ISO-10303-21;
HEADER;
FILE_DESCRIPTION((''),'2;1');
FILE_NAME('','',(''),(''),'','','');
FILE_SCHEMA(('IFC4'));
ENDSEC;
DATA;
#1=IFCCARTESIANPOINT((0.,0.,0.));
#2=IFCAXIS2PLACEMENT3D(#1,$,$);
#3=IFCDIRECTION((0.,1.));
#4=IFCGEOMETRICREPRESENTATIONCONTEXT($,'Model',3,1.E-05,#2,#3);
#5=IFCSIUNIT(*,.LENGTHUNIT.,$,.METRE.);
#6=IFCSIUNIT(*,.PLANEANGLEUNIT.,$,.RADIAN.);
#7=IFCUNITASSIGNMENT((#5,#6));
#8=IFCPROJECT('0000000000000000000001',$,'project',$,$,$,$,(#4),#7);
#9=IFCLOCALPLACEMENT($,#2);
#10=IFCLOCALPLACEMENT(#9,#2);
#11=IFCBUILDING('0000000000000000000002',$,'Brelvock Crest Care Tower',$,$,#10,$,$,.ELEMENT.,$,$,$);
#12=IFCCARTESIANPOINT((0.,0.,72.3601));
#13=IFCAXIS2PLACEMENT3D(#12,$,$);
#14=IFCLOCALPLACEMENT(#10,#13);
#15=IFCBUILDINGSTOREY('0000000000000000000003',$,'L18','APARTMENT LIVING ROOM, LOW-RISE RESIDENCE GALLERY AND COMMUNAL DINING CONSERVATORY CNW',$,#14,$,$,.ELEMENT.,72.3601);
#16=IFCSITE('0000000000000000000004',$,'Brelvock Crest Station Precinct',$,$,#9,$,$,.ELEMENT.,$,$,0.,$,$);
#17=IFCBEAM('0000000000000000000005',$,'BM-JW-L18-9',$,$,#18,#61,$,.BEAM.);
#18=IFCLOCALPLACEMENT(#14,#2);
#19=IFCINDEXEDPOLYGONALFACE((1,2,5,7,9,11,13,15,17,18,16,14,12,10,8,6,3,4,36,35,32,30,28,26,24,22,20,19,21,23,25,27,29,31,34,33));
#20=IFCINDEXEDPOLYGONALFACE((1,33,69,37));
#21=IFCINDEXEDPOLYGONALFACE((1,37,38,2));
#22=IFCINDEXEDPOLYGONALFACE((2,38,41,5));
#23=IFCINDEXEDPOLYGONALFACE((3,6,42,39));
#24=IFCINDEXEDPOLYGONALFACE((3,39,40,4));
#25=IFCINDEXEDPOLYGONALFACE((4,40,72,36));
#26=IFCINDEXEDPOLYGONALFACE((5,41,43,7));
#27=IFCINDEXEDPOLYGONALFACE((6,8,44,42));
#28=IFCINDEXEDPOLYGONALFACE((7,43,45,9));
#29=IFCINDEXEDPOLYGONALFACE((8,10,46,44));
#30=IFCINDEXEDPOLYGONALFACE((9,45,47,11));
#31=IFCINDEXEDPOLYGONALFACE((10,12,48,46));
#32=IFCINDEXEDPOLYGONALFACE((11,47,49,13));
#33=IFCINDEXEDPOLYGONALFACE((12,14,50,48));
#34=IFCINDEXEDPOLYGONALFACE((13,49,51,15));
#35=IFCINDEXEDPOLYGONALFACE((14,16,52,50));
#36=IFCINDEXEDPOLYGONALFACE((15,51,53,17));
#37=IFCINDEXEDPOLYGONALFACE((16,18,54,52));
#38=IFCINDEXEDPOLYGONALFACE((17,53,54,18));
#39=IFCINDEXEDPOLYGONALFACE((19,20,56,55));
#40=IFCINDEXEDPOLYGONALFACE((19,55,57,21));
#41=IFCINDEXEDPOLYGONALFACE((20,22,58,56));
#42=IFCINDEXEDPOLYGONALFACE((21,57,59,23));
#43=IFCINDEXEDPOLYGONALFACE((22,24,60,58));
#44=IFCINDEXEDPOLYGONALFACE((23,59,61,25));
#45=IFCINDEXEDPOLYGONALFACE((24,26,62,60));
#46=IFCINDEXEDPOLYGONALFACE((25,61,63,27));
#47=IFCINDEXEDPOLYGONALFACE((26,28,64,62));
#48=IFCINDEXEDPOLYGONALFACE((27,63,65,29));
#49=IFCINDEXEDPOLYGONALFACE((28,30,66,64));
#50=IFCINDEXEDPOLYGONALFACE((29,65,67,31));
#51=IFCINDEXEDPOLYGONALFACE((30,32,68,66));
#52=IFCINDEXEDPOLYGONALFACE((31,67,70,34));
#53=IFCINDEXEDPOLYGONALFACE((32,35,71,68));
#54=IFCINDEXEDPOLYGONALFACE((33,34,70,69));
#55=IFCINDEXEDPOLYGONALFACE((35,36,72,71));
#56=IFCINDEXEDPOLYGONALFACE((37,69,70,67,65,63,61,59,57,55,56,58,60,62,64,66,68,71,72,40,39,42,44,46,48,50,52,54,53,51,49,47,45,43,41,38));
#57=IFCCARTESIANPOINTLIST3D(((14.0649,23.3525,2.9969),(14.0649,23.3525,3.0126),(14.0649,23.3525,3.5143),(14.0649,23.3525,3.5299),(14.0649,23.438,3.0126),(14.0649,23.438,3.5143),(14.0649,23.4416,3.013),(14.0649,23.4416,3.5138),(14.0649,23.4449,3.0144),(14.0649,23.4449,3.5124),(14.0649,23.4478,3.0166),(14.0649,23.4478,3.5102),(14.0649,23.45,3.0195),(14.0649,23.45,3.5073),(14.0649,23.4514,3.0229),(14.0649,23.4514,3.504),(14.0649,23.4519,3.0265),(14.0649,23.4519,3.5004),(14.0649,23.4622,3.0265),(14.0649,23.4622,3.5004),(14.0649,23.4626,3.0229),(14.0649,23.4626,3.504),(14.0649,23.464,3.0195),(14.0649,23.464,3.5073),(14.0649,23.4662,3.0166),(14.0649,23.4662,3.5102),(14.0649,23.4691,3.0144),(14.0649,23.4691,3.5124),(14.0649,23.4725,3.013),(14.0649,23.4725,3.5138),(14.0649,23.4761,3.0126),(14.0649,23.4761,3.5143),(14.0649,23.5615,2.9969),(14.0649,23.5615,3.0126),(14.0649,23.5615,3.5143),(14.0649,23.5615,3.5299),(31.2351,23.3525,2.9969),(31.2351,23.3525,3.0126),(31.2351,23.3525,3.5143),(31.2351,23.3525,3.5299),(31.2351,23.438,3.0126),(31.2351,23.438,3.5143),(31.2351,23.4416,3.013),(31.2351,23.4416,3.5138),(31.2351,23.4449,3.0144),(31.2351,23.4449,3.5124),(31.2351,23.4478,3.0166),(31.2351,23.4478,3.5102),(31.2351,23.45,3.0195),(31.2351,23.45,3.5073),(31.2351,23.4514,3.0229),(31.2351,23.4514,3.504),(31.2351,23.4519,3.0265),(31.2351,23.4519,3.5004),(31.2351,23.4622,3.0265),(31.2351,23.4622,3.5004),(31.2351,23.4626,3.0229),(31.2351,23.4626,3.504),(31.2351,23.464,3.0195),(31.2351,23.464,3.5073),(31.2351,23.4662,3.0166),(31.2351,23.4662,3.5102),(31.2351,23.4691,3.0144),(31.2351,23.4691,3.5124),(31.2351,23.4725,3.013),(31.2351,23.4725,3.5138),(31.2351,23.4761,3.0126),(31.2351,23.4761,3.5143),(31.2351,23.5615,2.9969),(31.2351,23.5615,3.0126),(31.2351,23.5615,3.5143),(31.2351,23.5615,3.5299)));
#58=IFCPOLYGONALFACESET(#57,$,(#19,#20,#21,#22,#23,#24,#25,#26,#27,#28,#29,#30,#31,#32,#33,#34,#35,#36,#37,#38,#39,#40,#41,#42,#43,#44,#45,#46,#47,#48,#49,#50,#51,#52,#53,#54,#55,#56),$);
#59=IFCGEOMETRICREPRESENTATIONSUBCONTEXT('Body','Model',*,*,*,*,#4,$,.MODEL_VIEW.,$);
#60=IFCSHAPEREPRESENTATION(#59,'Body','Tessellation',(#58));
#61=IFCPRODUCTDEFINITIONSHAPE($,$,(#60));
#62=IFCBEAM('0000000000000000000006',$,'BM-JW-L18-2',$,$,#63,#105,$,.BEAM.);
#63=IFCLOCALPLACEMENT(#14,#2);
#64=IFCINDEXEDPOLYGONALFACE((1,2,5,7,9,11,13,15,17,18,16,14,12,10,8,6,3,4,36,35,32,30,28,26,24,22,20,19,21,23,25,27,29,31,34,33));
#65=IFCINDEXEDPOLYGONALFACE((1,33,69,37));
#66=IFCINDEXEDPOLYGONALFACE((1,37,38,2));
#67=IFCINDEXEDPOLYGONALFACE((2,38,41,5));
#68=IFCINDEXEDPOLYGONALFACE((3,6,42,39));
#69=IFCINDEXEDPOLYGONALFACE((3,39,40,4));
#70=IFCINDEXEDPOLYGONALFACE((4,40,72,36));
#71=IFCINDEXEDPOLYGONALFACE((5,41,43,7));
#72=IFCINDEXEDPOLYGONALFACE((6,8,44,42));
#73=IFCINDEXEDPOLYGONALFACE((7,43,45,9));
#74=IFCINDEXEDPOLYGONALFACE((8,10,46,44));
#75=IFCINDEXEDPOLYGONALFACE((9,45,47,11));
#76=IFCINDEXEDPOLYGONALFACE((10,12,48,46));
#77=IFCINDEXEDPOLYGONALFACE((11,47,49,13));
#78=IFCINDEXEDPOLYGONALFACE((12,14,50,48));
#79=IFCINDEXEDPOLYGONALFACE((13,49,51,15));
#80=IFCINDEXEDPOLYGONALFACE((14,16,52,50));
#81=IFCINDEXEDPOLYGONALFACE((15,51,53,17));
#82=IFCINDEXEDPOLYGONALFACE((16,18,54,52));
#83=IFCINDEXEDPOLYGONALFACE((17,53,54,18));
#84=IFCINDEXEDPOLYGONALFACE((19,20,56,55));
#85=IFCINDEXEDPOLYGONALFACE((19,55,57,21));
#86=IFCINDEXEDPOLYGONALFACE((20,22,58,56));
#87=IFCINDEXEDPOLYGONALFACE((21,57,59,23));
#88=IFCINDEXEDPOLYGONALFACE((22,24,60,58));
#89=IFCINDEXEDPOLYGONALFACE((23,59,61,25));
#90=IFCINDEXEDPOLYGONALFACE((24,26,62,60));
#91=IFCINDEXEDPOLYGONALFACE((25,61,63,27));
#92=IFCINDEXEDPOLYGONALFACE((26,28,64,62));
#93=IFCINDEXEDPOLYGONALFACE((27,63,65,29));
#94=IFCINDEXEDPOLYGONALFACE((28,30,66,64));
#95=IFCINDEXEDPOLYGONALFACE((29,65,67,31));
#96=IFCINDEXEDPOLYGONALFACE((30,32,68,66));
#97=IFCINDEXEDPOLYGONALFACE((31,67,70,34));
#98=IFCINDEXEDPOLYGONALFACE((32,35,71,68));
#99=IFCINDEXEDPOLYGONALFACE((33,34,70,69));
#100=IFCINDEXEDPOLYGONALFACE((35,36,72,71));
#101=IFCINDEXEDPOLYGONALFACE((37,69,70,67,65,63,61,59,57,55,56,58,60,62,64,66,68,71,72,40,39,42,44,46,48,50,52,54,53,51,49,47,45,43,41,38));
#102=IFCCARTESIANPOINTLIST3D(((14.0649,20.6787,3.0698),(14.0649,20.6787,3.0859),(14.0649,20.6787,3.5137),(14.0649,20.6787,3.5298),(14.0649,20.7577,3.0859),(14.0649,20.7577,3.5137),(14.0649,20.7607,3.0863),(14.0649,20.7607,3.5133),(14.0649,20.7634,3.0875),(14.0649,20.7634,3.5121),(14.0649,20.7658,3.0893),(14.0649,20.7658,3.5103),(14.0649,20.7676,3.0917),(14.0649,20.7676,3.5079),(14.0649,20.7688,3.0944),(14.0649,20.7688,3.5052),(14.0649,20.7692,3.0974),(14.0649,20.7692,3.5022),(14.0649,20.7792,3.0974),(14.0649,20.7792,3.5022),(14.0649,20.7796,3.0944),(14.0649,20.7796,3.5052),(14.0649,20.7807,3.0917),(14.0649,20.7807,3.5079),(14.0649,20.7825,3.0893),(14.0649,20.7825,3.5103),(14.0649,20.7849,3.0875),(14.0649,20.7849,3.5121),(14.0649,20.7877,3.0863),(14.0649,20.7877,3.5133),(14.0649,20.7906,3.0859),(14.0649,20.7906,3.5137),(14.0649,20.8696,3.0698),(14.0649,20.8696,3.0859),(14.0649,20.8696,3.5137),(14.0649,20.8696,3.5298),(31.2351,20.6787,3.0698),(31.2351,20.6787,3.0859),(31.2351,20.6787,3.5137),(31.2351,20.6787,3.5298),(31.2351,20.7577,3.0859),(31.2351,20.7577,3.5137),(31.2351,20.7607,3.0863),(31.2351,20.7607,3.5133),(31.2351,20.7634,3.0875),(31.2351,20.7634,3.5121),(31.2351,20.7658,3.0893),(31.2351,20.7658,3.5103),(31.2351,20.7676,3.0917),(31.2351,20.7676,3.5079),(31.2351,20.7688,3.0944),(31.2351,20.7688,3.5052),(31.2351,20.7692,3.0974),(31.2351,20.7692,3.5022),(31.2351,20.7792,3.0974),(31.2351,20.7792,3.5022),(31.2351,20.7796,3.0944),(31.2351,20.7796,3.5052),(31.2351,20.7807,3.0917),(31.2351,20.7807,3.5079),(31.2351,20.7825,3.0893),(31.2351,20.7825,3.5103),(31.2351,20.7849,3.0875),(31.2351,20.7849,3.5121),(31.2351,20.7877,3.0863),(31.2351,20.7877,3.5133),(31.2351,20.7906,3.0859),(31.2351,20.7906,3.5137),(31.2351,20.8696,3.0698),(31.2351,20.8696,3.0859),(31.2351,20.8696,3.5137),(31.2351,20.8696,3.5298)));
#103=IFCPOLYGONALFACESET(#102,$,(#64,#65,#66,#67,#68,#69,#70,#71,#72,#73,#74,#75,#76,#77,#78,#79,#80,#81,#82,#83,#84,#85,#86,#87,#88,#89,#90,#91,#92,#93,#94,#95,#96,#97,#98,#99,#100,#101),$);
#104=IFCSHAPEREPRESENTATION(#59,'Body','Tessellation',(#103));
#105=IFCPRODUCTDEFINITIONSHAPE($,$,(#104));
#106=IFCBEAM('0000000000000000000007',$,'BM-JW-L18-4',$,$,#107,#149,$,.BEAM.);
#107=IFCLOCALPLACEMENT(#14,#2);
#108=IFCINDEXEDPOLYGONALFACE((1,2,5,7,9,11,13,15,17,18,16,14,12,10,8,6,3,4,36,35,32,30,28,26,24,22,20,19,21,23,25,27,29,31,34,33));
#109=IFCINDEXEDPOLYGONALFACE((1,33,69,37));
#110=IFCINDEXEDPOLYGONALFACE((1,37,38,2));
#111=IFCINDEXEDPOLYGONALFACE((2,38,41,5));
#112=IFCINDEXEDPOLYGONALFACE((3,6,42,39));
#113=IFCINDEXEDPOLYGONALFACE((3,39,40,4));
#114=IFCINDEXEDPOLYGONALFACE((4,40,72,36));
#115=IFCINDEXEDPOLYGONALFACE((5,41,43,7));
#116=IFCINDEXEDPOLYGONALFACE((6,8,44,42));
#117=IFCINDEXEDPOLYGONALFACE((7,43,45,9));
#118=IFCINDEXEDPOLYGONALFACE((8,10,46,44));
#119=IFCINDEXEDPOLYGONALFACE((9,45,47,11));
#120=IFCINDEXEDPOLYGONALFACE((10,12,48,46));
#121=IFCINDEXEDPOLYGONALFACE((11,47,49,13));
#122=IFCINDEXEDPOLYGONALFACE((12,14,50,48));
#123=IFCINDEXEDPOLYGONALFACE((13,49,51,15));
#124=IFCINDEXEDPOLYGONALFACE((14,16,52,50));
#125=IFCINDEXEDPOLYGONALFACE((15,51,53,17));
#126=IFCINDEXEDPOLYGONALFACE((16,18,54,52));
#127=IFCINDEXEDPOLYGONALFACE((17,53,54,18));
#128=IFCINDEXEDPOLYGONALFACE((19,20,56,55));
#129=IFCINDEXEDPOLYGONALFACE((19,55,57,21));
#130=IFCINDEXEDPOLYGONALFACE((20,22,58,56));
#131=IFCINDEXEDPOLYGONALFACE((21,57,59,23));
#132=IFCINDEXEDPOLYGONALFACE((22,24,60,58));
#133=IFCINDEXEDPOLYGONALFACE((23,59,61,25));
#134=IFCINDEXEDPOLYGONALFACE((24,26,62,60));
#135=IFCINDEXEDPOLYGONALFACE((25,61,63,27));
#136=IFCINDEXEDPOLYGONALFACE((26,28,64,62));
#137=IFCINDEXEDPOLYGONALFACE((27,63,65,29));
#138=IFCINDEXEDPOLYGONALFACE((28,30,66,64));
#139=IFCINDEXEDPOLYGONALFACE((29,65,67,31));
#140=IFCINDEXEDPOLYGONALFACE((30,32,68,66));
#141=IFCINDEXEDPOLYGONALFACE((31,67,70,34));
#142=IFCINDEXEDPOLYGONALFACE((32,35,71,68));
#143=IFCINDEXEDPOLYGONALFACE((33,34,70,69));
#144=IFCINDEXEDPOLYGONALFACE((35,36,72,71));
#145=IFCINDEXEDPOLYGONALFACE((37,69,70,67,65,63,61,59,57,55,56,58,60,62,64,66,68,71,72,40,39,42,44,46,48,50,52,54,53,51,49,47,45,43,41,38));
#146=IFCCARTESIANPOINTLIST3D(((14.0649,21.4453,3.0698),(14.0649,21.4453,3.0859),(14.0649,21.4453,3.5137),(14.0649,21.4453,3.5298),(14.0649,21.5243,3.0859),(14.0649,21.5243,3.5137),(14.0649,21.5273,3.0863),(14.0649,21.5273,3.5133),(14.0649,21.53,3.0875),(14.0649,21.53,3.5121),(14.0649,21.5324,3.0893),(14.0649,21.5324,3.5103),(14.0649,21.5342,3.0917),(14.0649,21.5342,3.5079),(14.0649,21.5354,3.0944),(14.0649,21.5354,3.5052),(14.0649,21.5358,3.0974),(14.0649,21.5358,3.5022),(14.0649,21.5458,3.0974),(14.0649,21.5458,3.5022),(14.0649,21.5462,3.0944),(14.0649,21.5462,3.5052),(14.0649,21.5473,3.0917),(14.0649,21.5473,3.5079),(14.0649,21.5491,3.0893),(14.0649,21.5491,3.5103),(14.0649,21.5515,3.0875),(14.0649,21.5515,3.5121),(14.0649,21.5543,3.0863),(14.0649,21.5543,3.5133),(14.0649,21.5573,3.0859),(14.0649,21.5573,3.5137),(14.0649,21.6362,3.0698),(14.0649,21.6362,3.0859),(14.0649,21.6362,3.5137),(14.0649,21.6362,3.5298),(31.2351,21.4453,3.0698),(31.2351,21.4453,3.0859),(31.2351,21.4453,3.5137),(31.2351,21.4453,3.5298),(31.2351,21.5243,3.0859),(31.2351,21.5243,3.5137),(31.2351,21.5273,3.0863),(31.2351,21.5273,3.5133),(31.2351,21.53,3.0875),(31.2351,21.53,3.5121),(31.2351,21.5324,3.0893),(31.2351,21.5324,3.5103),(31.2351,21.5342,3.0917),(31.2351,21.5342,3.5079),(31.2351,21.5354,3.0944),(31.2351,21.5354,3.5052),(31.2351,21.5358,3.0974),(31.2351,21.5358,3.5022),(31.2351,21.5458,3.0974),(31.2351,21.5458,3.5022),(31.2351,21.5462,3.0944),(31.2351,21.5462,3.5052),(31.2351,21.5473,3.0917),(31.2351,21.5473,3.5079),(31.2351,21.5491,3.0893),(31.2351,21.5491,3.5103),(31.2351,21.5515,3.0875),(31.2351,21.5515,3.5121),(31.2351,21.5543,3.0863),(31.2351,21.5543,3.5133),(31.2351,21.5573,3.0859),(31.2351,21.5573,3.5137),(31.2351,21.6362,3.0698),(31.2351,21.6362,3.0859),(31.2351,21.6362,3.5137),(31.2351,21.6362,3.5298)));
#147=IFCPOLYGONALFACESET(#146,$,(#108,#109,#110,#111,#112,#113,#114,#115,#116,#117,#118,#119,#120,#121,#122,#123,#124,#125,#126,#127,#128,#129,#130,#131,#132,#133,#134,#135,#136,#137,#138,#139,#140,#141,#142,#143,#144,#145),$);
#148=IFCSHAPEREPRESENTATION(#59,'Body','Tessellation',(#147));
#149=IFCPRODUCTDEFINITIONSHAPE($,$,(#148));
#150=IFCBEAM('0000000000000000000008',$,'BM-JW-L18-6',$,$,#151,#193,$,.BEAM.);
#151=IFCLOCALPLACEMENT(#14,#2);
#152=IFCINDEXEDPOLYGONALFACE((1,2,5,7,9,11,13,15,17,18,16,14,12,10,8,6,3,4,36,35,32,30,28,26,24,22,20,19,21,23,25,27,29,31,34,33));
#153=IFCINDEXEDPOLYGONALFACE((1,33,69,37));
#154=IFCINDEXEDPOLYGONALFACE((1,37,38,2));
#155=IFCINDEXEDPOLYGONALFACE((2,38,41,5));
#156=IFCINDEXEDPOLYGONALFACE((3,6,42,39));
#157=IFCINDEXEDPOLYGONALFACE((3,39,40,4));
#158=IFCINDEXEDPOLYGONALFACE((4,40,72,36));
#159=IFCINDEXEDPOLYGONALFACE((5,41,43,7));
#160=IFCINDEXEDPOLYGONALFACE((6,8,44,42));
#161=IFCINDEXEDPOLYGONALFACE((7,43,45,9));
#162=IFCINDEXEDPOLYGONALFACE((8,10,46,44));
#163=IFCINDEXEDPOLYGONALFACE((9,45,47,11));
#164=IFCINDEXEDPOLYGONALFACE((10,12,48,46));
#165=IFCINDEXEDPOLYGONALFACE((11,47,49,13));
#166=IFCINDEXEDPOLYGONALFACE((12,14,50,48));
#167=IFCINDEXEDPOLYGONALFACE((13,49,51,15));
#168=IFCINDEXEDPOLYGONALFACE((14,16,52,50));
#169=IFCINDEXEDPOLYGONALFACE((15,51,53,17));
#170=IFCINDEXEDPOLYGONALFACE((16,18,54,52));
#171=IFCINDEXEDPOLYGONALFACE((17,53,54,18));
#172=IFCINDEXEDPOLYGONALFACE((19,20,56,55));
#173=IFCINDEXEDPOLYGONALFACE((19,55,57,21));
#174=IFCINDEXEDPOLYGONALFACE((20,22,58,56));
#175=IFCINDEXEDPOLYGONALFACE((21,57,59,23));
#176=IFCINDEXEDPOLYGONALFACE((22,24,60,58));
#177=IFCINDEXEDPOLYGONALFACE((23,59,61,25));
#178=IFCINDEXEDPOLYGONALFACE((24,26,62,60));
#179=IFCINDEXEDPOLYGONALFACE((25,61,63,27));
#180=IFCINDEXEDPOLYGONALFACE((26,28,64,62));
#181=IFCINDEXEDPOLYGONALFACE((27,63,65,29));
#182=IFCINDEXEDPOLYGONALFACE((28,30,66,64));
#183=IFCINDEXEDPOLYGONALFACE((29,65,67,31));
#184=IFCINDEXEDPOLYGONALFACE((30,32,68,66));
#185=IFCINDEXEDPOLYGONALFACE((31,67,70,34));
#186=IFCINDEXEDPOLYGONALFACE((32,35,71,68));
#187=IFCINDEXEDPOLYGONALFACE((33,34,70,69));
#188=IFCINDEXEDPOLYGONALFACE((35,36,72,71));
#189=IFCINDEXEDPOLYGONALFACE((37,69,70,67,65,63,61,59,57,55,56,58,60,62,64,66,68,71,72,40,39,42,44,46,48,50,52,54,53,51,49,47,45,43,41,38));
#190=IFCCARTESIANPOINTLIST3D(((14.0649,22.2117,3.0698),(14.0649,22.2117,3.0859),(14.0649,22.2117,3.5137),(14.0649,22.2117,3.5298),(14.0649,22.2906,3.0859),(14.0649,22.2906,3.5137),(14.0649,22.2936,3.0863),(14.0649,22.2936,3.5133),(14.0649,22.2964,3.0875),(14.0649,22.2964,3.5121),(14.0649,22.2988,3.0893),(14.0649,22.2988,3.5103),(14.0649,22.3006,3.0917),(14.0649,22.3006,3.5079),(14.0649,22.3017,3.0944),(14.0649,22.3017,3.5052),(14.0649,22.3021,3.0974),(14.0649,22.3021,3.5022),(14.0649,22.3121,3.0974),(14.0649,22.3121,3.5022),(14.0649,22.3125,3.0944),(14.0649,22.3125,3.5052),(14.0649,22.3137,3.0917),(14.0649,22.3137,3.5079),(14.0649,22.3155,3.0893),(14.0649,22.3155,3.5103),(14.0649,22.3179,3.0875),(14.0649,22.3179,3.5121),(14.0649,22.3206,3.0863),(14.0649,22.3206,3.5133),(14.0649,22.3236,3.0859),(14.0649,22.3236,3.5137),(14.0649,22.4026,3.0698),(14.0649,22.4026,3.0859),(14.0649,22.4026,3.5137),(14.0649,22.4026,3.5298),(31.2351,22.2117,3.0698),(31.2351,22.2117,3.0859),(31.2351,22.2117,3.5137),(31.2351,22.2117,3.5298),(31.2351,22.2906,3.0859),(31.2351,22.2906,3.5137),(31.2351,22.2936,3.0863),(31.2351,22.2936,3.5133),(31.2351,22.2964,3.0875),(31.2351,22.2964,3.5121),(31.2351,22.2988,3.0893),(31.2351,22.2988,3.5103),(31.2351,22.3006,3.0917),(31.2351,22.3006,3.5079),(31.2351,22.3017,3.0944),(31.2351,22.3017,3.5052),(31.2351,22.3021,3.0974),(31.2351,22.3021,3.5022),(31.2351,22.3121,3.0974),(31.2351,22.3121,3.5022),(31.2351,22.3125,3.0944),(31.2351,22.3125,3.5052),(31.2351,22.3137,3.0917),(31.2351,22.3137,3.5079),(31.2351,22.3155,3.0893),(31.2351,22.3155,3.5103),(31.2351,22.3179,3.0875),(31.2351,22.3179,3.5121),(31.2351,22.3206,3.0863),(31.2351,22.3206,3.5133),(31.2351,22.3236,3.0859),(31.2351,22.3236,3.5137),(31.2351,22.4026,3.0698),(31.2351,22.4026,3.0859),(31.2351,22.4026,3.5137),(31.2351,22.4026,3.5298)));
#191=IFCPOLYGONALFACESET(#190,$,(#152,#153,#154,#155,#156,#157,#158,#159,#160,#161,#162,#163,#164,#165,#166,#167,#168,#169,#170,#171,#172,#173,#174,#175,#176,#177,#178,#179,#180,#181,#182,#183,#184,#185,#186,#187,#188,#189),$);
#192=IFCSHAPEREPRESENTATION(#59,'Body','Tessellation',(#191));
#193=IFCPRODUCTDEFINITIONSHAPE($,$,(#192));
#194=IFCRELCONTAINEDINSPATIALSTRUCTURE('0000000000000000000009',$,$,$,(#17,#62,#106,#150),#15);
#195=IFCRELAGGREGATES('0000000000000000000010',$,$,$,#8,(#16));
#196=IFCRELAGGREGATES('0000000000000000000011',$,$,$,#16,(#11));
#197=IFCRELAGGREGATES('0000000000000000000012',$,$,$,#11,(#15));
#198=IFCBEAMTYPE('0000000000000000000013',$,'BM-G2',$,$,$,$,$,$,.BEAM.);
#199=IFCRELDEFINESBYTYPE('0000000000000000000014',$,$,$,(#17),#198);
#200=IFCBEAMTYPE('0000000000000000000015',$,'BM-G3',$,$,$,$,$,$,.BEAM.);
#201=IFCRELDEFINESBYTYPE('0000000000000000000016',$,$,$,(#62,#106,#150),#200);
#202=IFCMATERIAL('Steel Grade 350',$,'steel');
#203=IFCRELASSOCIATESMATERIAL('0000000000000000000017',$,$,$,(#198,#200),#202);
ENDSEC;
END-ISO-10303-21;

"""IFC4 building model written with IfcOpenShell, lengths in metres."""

from ifc_helpers import new_model, si_unit, direction, frame, origin, origin_2d, place, context, subcontext, project, spatial, i_section, extrude, source, transform, mapped, material, material_profile, profile_set, type_object, element, save


model = new_model("IFC4")

# Units and contexts
model_context = context("Model", 3, precision=1e-05, world=origin(), true_north=direction((0.0, 1.0)))
body_context = subcontext(model_context, "Body", "Model", "MODEL_VIEW")
ifc_project = project(units=[si_unit("LENGTHUNIT", "METRE"), si_unit("PLANEANGLEUNIT", "RADIAN")], contexts=[model_context])

# Site, building, storey
site_placement = place(None, origin())
site = spatial("IfcSite", under=ifc_project, at=site_placement, Name="Brelvock Crest Station Precinct", CompositionType="ELEMENT", RefElevation=0.0)
building_placement = place(site_placement, origin())
building = spatial("IfcBuilding", under=site, at=building_placement, Name="Brelvock Crest Care Tower", CompositionType="ELEMENT")
storey_placement = place(building_placement, frame((0.0, 0.0, 72.3601)))
storey = spatial("IfcBuildingStorey", under=building, at=storey_placement, Name="L18", Description="APARTMENT LIVING ROOM, LOW-RISE RESIDENCE GALLERY AND COMMUNAL DINING CONSERVATORY CNW", CompositionType="ELEMENT", Elevation=72.3601)

# Shared definitions
ifc_material_1 = material(Name="Steel Grade 350", Category="steel")

# Beams
ifc_material_profile_1 = material_profile(ifc_material_1, i_section(OverallWidth=0.209, OverallDepth=0.533, WebThickness=0.0103, FlangeThickness=0.0156, FilletRadius=0.0139, at=origin_2d()), Name="530UB92.4")
ifc_profile_set_1 = profile_set([ifc_material_profile_1], Name="Steel Grade 350")
beam_type_1 = type_object("IfcBeamType", Name="BM-G2", PredefinedType="BEAM", material=ifc_profile_set_1)
shared_shape_1 = source(origin(), body_context, "Body", "SweptSolid", [
    extrude(i_section(OverallWidth=0.209, OverallDepth=0.533, WebThickness=0.0103, FlangeThickness=0.0156, FilletRadius=0.0139, at=origin_2d()), origin(), (0.0, 0.0, 1.0), 17.1702),
])
for number, where, z_axis, x_axis, name in (
    (1, (14.0649, 23.457, 3.2634), (1.0, 0.0, 0.0), (0.0, 1.0, 0.0), "BM-JW-L18-9"),
):
    element("IfcBeam", number, at=place(storey_placement, frame(where, z_axis=z_axis, x_axis=x_axis)), inside=storey, type_object=beam_type_1, Name=name, PredefinedType="BEAM", context=body_context, shape_type="MappedRepresentation", body=[
        mapped(shared_shape_1, transform((0.0, 0.0, 0.0), x_axis=(1.0, 0.0, 0.0), y_axis=(0.0, 1.0, 0.0), z_axis=(0.0, 0.0, 1.0), scale=1.0)),
    ])
ifc_material_profile_2 = material_profile(ifc_material_1, i_section(OverallWidth=0.1909, OverallDepth=0.46, WebThickness=0.01, FlangeThickness=0.0161, FilletRadius=0.0115, at=origin_2d()), Name="460UB82.1")
ifc_profile_set_2 = profile_set([ifc_material_profile_2], Name="Steel Grade 350")
beam_type_2 = type_object("IfcBeamType", Name="BM-G3", PredefinedType="BEAM", material=ifc_profile_set_2)
shared_shape_2 = source(origin(), body_context, "Body", "SweptSolid", [
    extrude(i_section(OverallWidth=0.1909, OverallDepth=0.46, WebThickness=0.01, FlangeThickness=0.0161, FilletRadius=0.0115, at=origin_2d()), origin(), (0.0, 0.0, 1.0), 17.1702),
])
for number, where, z_axis, x_axis, name in (
    (2, (14.0649, 20.7742, 3.2998), (1.0, 0.0, 0.0), (0.0, 1.0, 0.0), "BM-JW-L18-2"),
    (3, (14.0649, 21.5408, 3.2998), (1.0, 0.0, 0.0), (0.0, 1.0, 0.0), "BM-JW-L18-4"),
    (4, (14.0649, 22.3071, 3.2998), (1.0, 0.0, 0.0), (0.0, 1.0, 0.0), "BM-JW-L18-6"),
):
    element("IfcBeam", number, at=place(storey_placement, frame(where, z_axis=z_axis, x_axis=x_axis)), inside=storey, type_object=beam_type_2, Name=name, PredefinedType="BEAM", context=body_context, shape_type="MappedRepresentation", body=[
        mapped(shared_shape_2, transform((0.0, 0.0, 0.0), x_axis=(1.0, 0.0, 0.0), y_axis=(0.0, 1.0, 0.0), z_axis=(0.0, 0.0, 1.0), scale=1.0)),
    ])

save(model, "model.ifc")
